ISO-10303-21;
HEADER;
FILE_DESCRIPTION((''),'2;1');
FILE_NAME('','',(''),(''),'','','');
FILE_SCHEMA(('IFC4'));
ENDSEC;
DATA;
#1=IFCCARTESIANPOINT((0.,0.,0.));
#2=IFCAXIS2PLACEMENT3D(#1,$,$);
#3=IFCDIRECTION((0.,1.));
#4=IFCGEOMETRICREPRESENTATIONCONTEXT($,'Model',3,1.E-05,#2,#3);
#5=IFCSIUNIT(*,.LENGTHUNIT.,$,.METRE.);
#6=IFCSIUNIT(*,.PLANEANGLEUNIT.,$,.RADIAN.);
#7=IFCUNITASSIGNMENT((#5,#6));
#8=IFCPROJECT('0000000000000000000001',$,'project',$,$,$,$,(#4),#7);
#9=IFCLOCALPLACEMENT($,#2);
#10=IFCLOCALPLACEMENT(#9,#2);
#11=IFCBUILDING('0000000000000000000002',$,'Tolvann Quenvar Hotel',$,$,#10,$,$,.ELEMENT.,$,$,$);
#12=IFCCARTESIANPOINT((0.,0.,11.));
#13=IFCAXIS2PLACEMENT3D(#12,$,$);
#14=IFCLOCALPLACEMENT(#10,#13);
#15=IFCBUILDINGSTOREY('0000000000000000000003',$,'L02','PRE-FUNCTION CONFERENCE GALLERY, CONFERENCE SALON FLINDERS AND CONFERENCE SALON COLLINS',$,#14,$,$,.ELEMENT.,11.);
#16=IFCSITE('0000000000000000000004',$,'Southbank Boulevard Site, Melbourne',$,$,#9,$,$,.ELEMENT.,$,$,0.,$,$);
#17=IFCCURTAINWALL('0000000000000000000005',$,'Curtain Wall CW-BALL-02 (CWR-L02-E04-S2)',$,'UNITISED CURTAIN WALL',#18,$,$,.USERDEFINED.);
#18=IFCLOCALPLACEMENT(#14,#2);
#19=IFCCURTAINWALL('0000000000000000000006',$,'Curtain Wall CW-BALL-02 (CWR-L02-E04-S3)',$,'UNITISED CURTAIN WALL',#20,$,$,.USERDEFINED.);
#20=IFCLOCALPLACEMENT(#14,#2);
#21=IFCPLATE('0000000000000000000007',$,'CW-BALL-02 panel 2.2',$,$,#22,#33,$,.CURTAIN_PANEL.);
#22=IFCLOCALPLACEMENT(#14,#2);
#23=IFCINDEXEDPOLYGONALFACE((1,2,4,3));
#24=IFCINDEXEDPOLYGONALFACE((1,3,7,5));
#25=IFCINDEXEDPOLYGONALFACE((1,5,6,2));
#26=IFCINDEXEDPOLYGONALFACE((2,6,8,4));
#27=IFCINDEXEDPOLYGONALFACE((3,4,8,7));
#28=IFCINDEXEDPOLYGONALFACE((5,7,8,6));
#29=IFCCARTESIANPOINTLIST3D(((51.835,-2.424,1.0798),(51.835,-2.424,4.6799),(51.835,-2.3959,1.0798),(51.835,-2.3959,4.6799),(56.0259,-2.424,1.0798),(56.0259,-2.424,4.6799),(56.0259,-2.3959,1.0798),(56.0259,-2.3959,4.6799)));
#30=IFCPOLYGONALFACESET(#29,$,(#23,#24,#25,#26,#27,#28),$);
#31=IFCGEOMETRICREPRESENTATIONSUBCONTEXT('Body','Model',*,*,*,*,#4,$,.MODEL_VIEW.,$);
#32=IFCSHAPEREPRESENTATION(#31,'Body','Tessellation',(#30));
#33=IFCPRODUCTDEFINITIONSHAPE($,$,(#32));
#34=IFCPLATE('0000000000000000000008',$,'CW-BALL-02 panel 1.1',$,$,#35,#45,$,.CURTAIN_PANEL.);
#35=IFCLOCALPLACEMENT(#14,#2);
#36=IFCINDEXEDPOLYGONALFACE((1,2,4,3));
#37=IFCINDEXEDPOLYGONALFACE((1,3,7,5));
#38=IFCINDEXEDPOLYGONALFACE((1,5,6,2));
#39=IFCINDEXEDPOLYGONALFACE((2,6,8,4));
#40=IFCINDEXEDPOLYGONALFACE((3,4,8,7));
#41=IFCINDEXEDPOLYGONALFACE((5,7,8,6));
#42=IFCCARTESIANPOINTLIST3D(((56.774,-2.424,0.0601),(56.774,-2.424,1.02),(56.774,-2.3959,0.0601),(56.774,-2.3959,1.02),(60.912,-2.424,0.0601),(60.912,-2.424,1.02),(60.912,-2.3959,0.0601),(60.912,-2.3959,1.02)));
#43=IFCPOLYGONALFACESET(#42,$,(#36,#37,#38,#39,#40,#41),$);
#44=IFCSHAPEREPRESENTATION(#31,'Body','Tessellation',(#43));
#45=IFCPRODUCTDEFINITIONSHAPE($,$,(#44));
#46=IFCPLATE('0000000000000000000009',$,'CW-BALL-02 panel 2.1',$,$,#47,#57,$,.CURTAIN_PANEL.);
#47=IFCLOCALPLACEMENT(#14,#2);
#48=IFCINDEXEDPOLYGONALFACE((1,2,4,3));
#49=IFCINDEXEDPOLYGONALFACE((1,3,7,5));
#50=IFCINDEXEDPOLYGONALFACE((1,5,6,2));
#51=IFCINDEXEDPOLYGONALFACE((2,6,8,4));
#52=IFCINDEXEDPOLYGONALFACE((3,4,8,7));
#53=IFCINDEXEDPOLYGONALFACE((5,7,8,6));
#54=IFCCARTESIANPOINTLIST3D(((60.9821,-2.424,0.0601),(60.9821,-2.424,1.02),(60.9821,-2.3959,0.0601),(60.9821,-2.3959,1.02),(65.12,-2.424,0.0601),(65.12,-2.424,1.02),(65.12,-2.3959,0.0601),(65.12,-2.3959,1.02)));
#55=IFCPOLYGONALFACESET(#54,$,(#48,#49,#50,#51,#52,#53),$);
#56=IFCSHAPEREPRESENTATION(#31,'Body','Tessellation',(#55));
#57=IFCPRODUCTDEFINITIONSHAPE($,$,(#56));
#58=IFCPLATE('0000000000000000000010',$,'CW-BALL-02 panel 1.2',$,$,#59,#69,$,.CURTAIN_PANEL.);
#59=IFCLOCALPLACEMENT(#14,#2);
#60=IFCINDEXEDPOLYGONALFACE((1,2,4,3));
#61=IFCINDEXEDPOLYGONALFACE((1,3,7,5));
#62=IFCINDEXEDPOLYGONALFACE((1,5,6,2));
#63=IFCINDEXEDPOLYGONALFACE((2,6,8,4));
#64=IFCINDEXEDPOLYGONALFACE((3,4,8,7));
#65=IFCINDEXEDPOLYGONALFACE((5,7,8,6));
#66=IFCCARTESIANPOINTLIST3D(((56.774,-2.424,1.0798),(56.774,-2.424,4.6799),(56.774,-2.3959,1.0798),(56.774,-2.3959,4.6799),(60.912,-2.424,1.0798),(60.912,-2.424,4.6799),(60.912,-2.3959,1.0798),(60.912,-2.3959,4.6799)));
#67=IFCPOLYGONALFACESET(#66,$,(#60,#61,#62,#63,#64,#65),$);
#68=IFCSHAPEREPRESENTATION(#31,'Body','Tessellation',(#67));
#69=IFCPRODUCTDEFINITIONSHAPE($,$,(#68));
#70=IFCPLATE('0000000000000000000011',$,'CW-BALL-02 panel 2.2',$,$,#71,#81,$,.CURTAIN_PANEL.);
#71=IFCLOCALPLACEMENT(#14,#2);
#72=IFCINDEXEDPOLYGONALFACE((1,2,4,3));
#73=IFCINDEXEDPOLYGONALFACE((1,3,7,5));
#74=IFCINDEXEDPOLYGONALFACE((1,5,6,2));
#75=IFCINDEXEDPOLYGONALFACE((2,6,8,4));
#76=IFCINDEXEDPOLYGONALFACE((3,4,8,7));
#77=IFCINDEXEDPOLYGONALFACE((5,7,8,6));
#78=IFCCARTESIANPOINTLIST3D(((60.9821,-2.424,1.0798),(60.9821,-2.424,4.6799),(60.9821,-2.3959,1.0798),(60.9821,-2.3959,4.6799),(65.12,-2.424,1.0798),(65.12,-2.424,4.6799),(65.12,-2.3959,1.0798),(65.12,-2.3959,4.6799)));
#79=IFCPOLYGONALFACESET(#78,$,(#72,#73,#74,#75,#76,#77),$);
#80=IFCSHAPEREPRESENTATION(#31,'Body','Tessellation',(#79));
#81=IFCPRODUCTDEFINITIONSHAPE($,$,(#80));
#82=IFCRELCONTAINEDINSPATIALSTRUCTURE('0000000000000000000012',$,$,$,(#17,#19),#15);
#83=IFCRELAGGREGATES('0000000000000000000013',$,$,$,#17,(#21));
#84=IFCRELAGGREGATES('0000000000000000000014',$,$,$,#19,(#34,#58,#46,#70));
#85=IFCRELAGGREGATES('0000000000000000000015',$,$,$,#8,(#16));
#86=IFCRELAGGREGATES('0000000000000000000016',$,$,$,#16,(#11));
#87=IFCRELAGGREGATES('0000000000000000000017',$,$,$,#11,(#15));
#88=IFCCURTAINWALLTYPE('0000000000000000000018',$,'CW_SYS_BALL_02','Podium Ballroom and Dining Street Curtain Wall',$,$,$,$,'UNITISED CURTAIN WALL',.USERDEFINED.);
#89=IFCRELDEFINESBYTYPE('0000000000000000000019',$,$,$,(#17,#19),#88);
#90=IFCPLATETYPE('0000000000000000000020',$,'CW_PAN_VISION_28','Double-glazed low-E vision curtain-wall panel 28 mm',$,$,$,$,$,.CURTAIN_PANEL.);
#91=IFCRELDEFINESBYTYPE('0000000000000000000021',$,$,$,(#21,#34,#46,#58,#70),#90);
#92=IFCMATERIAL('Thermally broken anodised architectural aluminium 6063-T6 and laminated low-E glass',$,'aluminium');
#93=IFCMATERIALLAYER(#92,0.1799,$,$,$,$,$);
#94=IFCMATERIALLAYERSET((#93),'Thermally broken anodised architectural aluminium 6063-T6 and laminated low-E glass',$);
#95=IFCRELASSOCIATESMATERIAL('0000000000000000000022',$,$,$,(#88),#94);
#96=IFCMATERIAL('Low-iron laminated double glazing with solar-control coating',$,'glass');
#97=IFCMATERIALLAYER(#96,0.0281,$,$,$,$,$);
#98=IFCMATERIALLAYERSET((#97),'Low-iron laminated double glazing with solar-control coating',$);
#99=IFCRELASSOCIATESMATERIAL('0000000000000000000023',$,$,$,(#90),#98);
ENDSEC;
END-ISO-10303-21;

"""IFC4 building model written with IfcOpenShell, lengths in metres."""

from ifc_helpers import new_model, si_unit, direction, frame, origin, origin_2d, place, context, subcontext, project, spatial, rectangle, extrude, source, transform, mapped, material, layer, layer_set, type_object, type_shapes, element, aggregate, save


model = new_model("IFC4")

# Units and contexts
model_context = context("Model", 3, precision=1e-05, world=origin(), true_north=direction((0.0, 1.0)))
body_context = subcontext(model_context, "Body", "Model", "MODEL_VIEW")
ifc_project = project(units=[si_unit("LENGTHUNIT", "METRE"), si_unit("PLANEANGLEUNIT", "RADIAN")], contexts=[model_context])

# Site, building, storey
site_placement = place(None, origin())
site = spatial("IfcSite", under=ifc_project, at=site_placement, Name="Southbank Boulevard Site, Melbourne", CompositionType="ELEMENT", RefElevation=0.0)
building_placement = place(site_placement, origin())
building = spatial("IfcBuilding", under=site, at=building_placement, Name="Tolvann Quenvar Hotel", CompositionType="ELEMENT")
storey_placement = place(building_placement, frame((0.0, 0.0, 11.0)))
storey = spatial("IfcBuildingStorey", under=building, at=storey_placement, Name="L02", Description="PRE-FUNCTION CONFERENCE GALLERY, CONFERENCE SALON FLINDERS AND CONFERENCE SALON COLLINS", CompositionType="ELEMENT", Elevation=11.0)

# Curtain wall
ifc_material_1 = material(Name="Thermally broken anodised architectural aluminium 6063-T6 and laminated low-E glass", Category="aluminium")
ifc_layer_1 = layer(ifc_material_1, 0.1799)
ifc_layer_set_1 = layer_set([ifc_layer_1], Name="Thermally broken anodised architectural aluminium 6063-T6 and laminated low-E glass")
curtain_wall_type = type_object("IfcCurtainWallType", Name="CW_SYS_BALL_02", Description="Podium Ballroom and Dining Street Curtain Wall", ElementType="UNITISED CURTAIN WALL", PredefinedType="USERDEFINED", material=ifc_layer_set_1)
curtain_wall_1_placement = place(storey_placement, origin())
curtain_wall_1 = element("IfcCurtainWall", 1, at=curtain_wall_1_placement, inside=storey, type_object=curtain_wall_type, Name="Curtain Wall CW-BALL-02 (CWR-L02-E04-S2)", ObjectType="UNITISED CURTAIN WALL", PredefinedType="USERDEFINED")

# Curtain wall
curtain_wall_2_placement = place(storey_placement, origin())
curtain_wall_2 = element("IfcCurtainWall", 2, at=curtain_wall_2_placement, inside=storey, type_object=curtain_wall_type, Name="Curtain Wall CW-BALL-02 (CWR-L02-E04-S3)", ObjectType="UNITISED CURTAIN WALL", PredefinedType="USERDEFINED")

# Plates
ifc_material_2 = material(Name="Low-iron laminated double glazing with solar-control coating", Category="glass")
ifc_layer_2 = layer(ifc_material_2, 0.0281)
ifc_layer_set_2 = layer_set([ifc_layer_2], Name="Low-iron laminated double glazing with solar-control coating")
plate_type = type_object("IfcPlateType", Name="CW_PAN_VISION_28", Description="Double-glazed low-E vision curtain-wall panel 28 mm", PredefinedType="CURTAIN_PANEL", material=ifc_layer_set_2)
shared_shape_1 = source(origin(), body_context, "Body", "SweptSolid", [
    extrude(rectangle(XDim=4.1909, YDim=0.0281, at=origin_2d()), origin(), (0.0, 0.0, 1.0), 3.6001),
])
plate_1_placement = place(storey_placement, frame((53.9304, -2.4099, 1.0798), z_axis=(0.0, 0.0, 1.0), x_axis=(1.0, 0.0, 0.0)))
plate_1 = element("IfcPlate", 3, at=plate_1_placement, type_object=plate_type, Name="CW-BALL-02 panel 2.2", PredefinedType="CURTAIN_PANEL", context=body_context, shape_type="MappedRepresentation", body=[
    mapped(shared_shape_1, transform((0.0, 0.0, 0.0), x_axis=(1.0, 0.0, 0.0), y_axis=(0.0, 1.0, 0.0), z_axis=(0.0, 0.0, 1.0), scale=1.0)),
])
aggregate(curtain_wall_1, [plate_1])
shared_shape_2 = source(origin(), body_context, "Body", "SweptSolid", [
    extrude(rectangle(XDim=4.1379, YDim=0.0281, at=origin_2d()), origin(), (0.0, 0.0, 1.0), 0.96),
])
plate_2_placement = place(storey_placement, frame((58.843, -2.4099, 0.0601), z_axis=(0.0, 0.0, 1.0), x_axis=(1.0, 0.0, 0.0)))
plate_2 = element("IfcPlate", 4, at=plate_2_placement, type_object=plate_type, Name="CW-BALL-02 panel 1.1", PredefinedType="CURTAIN_PANEL", context=body_context, shape_type="MappedRepresentation", body=[
    mapped(shared_shape_2, transform((0.0, 0.0, 0.0), x_axis=(1.0, 0.0, 0.0), y_axis=(0.0, 1.0, 0.0), z_axis=(0.0, 0.0, 1.0), scale=1.0)),
])
plate_3_placement = place(storey_placement, frame((63.051, -2.4099, 0.0601), z_axis=(0.0, 0.0, 1.0), x_axis=(1.0, 0.0, 0.0)))
plate_3 = element("IfcPlate", 5, at=plate_3_placement, type_object=plate_type, Name="CW-BALL-02 panel 2.1", PredefinedType="CURTAIN_PANEL", context=body_context, shape_type="MappedRepresentation", body=[
    mapped(shared_shape_2, transform((0.0, 0.0, 0.0), x_axis=(1.0, 0.0, 0.0), y_axis=(0.0, 1.0, 0.0), z_axis=(0.0, 0.0, 1.0), scale=1.0)),
])
shared_shape_3 = source(origin(), body_context, "Body", "SweptSolid", [
    extrude(rectangle(XDim=4.1379, YDim=0.0281, at=origin_2d()), origin(), (0.0, 0.0, 1.0), 3.6001),
])
type_shapes(plate_type, [shared_shape_1, shared_shape_2, shared_shape_3])
plate_4_placement = place(storey_placement, frame((58.843, -2.4099, 1.0798), z_axis=(0.0, 0.0, 1.0), x_axis=(1.0, 0.0, 0.0)))
plate_4 = element("IfcPlate", 6, at=plate_4_placement, type_object=plate_type, Name="CW-BALL-02 panel 1.2", PredefinedType="CURTAIN_PANEL", context=body_context, shape_type="MappedRepresentation", body=[
    mapped(shared_shape_3, transform((0.0, 0.0, 0.0), x_axis=(1.0, 0.0, 0.0), y_axis=(0.0, 1.0, 0.0), z_axis=(0.0, 0.0, 1.0), scale=1.0)),
])
plate_5_placement = place(storey_placement, frame((63.051, -2.4099, 1.0798), z_axis=(0.0, 0.0, 1.0), x_axis=(1.0, 0.0, 0.0)))
plate_5 = element("IfcPlate", 7, at=plate_5_placement, type_object=plate_type, Name="CW-BALL-02 panel 2.2", PredefinedType="CURTAIN_PANEL", context=body_context, shape_type="MappedRepresentation", body=[
    mapped(shared_shape_3, transform((0.0, 0.0, 0.0), x_axis=(1.0, 0.0, 0.0), y_axis=(0.0, 1.0, 0.0), z_axis=(0.0, 0.0, 1.0), scale=1.0)),
])
aggregate(curtain_wall_2, [plate_2, plate_4, plate_3, plate_5])

save(model, "model.ifc")
